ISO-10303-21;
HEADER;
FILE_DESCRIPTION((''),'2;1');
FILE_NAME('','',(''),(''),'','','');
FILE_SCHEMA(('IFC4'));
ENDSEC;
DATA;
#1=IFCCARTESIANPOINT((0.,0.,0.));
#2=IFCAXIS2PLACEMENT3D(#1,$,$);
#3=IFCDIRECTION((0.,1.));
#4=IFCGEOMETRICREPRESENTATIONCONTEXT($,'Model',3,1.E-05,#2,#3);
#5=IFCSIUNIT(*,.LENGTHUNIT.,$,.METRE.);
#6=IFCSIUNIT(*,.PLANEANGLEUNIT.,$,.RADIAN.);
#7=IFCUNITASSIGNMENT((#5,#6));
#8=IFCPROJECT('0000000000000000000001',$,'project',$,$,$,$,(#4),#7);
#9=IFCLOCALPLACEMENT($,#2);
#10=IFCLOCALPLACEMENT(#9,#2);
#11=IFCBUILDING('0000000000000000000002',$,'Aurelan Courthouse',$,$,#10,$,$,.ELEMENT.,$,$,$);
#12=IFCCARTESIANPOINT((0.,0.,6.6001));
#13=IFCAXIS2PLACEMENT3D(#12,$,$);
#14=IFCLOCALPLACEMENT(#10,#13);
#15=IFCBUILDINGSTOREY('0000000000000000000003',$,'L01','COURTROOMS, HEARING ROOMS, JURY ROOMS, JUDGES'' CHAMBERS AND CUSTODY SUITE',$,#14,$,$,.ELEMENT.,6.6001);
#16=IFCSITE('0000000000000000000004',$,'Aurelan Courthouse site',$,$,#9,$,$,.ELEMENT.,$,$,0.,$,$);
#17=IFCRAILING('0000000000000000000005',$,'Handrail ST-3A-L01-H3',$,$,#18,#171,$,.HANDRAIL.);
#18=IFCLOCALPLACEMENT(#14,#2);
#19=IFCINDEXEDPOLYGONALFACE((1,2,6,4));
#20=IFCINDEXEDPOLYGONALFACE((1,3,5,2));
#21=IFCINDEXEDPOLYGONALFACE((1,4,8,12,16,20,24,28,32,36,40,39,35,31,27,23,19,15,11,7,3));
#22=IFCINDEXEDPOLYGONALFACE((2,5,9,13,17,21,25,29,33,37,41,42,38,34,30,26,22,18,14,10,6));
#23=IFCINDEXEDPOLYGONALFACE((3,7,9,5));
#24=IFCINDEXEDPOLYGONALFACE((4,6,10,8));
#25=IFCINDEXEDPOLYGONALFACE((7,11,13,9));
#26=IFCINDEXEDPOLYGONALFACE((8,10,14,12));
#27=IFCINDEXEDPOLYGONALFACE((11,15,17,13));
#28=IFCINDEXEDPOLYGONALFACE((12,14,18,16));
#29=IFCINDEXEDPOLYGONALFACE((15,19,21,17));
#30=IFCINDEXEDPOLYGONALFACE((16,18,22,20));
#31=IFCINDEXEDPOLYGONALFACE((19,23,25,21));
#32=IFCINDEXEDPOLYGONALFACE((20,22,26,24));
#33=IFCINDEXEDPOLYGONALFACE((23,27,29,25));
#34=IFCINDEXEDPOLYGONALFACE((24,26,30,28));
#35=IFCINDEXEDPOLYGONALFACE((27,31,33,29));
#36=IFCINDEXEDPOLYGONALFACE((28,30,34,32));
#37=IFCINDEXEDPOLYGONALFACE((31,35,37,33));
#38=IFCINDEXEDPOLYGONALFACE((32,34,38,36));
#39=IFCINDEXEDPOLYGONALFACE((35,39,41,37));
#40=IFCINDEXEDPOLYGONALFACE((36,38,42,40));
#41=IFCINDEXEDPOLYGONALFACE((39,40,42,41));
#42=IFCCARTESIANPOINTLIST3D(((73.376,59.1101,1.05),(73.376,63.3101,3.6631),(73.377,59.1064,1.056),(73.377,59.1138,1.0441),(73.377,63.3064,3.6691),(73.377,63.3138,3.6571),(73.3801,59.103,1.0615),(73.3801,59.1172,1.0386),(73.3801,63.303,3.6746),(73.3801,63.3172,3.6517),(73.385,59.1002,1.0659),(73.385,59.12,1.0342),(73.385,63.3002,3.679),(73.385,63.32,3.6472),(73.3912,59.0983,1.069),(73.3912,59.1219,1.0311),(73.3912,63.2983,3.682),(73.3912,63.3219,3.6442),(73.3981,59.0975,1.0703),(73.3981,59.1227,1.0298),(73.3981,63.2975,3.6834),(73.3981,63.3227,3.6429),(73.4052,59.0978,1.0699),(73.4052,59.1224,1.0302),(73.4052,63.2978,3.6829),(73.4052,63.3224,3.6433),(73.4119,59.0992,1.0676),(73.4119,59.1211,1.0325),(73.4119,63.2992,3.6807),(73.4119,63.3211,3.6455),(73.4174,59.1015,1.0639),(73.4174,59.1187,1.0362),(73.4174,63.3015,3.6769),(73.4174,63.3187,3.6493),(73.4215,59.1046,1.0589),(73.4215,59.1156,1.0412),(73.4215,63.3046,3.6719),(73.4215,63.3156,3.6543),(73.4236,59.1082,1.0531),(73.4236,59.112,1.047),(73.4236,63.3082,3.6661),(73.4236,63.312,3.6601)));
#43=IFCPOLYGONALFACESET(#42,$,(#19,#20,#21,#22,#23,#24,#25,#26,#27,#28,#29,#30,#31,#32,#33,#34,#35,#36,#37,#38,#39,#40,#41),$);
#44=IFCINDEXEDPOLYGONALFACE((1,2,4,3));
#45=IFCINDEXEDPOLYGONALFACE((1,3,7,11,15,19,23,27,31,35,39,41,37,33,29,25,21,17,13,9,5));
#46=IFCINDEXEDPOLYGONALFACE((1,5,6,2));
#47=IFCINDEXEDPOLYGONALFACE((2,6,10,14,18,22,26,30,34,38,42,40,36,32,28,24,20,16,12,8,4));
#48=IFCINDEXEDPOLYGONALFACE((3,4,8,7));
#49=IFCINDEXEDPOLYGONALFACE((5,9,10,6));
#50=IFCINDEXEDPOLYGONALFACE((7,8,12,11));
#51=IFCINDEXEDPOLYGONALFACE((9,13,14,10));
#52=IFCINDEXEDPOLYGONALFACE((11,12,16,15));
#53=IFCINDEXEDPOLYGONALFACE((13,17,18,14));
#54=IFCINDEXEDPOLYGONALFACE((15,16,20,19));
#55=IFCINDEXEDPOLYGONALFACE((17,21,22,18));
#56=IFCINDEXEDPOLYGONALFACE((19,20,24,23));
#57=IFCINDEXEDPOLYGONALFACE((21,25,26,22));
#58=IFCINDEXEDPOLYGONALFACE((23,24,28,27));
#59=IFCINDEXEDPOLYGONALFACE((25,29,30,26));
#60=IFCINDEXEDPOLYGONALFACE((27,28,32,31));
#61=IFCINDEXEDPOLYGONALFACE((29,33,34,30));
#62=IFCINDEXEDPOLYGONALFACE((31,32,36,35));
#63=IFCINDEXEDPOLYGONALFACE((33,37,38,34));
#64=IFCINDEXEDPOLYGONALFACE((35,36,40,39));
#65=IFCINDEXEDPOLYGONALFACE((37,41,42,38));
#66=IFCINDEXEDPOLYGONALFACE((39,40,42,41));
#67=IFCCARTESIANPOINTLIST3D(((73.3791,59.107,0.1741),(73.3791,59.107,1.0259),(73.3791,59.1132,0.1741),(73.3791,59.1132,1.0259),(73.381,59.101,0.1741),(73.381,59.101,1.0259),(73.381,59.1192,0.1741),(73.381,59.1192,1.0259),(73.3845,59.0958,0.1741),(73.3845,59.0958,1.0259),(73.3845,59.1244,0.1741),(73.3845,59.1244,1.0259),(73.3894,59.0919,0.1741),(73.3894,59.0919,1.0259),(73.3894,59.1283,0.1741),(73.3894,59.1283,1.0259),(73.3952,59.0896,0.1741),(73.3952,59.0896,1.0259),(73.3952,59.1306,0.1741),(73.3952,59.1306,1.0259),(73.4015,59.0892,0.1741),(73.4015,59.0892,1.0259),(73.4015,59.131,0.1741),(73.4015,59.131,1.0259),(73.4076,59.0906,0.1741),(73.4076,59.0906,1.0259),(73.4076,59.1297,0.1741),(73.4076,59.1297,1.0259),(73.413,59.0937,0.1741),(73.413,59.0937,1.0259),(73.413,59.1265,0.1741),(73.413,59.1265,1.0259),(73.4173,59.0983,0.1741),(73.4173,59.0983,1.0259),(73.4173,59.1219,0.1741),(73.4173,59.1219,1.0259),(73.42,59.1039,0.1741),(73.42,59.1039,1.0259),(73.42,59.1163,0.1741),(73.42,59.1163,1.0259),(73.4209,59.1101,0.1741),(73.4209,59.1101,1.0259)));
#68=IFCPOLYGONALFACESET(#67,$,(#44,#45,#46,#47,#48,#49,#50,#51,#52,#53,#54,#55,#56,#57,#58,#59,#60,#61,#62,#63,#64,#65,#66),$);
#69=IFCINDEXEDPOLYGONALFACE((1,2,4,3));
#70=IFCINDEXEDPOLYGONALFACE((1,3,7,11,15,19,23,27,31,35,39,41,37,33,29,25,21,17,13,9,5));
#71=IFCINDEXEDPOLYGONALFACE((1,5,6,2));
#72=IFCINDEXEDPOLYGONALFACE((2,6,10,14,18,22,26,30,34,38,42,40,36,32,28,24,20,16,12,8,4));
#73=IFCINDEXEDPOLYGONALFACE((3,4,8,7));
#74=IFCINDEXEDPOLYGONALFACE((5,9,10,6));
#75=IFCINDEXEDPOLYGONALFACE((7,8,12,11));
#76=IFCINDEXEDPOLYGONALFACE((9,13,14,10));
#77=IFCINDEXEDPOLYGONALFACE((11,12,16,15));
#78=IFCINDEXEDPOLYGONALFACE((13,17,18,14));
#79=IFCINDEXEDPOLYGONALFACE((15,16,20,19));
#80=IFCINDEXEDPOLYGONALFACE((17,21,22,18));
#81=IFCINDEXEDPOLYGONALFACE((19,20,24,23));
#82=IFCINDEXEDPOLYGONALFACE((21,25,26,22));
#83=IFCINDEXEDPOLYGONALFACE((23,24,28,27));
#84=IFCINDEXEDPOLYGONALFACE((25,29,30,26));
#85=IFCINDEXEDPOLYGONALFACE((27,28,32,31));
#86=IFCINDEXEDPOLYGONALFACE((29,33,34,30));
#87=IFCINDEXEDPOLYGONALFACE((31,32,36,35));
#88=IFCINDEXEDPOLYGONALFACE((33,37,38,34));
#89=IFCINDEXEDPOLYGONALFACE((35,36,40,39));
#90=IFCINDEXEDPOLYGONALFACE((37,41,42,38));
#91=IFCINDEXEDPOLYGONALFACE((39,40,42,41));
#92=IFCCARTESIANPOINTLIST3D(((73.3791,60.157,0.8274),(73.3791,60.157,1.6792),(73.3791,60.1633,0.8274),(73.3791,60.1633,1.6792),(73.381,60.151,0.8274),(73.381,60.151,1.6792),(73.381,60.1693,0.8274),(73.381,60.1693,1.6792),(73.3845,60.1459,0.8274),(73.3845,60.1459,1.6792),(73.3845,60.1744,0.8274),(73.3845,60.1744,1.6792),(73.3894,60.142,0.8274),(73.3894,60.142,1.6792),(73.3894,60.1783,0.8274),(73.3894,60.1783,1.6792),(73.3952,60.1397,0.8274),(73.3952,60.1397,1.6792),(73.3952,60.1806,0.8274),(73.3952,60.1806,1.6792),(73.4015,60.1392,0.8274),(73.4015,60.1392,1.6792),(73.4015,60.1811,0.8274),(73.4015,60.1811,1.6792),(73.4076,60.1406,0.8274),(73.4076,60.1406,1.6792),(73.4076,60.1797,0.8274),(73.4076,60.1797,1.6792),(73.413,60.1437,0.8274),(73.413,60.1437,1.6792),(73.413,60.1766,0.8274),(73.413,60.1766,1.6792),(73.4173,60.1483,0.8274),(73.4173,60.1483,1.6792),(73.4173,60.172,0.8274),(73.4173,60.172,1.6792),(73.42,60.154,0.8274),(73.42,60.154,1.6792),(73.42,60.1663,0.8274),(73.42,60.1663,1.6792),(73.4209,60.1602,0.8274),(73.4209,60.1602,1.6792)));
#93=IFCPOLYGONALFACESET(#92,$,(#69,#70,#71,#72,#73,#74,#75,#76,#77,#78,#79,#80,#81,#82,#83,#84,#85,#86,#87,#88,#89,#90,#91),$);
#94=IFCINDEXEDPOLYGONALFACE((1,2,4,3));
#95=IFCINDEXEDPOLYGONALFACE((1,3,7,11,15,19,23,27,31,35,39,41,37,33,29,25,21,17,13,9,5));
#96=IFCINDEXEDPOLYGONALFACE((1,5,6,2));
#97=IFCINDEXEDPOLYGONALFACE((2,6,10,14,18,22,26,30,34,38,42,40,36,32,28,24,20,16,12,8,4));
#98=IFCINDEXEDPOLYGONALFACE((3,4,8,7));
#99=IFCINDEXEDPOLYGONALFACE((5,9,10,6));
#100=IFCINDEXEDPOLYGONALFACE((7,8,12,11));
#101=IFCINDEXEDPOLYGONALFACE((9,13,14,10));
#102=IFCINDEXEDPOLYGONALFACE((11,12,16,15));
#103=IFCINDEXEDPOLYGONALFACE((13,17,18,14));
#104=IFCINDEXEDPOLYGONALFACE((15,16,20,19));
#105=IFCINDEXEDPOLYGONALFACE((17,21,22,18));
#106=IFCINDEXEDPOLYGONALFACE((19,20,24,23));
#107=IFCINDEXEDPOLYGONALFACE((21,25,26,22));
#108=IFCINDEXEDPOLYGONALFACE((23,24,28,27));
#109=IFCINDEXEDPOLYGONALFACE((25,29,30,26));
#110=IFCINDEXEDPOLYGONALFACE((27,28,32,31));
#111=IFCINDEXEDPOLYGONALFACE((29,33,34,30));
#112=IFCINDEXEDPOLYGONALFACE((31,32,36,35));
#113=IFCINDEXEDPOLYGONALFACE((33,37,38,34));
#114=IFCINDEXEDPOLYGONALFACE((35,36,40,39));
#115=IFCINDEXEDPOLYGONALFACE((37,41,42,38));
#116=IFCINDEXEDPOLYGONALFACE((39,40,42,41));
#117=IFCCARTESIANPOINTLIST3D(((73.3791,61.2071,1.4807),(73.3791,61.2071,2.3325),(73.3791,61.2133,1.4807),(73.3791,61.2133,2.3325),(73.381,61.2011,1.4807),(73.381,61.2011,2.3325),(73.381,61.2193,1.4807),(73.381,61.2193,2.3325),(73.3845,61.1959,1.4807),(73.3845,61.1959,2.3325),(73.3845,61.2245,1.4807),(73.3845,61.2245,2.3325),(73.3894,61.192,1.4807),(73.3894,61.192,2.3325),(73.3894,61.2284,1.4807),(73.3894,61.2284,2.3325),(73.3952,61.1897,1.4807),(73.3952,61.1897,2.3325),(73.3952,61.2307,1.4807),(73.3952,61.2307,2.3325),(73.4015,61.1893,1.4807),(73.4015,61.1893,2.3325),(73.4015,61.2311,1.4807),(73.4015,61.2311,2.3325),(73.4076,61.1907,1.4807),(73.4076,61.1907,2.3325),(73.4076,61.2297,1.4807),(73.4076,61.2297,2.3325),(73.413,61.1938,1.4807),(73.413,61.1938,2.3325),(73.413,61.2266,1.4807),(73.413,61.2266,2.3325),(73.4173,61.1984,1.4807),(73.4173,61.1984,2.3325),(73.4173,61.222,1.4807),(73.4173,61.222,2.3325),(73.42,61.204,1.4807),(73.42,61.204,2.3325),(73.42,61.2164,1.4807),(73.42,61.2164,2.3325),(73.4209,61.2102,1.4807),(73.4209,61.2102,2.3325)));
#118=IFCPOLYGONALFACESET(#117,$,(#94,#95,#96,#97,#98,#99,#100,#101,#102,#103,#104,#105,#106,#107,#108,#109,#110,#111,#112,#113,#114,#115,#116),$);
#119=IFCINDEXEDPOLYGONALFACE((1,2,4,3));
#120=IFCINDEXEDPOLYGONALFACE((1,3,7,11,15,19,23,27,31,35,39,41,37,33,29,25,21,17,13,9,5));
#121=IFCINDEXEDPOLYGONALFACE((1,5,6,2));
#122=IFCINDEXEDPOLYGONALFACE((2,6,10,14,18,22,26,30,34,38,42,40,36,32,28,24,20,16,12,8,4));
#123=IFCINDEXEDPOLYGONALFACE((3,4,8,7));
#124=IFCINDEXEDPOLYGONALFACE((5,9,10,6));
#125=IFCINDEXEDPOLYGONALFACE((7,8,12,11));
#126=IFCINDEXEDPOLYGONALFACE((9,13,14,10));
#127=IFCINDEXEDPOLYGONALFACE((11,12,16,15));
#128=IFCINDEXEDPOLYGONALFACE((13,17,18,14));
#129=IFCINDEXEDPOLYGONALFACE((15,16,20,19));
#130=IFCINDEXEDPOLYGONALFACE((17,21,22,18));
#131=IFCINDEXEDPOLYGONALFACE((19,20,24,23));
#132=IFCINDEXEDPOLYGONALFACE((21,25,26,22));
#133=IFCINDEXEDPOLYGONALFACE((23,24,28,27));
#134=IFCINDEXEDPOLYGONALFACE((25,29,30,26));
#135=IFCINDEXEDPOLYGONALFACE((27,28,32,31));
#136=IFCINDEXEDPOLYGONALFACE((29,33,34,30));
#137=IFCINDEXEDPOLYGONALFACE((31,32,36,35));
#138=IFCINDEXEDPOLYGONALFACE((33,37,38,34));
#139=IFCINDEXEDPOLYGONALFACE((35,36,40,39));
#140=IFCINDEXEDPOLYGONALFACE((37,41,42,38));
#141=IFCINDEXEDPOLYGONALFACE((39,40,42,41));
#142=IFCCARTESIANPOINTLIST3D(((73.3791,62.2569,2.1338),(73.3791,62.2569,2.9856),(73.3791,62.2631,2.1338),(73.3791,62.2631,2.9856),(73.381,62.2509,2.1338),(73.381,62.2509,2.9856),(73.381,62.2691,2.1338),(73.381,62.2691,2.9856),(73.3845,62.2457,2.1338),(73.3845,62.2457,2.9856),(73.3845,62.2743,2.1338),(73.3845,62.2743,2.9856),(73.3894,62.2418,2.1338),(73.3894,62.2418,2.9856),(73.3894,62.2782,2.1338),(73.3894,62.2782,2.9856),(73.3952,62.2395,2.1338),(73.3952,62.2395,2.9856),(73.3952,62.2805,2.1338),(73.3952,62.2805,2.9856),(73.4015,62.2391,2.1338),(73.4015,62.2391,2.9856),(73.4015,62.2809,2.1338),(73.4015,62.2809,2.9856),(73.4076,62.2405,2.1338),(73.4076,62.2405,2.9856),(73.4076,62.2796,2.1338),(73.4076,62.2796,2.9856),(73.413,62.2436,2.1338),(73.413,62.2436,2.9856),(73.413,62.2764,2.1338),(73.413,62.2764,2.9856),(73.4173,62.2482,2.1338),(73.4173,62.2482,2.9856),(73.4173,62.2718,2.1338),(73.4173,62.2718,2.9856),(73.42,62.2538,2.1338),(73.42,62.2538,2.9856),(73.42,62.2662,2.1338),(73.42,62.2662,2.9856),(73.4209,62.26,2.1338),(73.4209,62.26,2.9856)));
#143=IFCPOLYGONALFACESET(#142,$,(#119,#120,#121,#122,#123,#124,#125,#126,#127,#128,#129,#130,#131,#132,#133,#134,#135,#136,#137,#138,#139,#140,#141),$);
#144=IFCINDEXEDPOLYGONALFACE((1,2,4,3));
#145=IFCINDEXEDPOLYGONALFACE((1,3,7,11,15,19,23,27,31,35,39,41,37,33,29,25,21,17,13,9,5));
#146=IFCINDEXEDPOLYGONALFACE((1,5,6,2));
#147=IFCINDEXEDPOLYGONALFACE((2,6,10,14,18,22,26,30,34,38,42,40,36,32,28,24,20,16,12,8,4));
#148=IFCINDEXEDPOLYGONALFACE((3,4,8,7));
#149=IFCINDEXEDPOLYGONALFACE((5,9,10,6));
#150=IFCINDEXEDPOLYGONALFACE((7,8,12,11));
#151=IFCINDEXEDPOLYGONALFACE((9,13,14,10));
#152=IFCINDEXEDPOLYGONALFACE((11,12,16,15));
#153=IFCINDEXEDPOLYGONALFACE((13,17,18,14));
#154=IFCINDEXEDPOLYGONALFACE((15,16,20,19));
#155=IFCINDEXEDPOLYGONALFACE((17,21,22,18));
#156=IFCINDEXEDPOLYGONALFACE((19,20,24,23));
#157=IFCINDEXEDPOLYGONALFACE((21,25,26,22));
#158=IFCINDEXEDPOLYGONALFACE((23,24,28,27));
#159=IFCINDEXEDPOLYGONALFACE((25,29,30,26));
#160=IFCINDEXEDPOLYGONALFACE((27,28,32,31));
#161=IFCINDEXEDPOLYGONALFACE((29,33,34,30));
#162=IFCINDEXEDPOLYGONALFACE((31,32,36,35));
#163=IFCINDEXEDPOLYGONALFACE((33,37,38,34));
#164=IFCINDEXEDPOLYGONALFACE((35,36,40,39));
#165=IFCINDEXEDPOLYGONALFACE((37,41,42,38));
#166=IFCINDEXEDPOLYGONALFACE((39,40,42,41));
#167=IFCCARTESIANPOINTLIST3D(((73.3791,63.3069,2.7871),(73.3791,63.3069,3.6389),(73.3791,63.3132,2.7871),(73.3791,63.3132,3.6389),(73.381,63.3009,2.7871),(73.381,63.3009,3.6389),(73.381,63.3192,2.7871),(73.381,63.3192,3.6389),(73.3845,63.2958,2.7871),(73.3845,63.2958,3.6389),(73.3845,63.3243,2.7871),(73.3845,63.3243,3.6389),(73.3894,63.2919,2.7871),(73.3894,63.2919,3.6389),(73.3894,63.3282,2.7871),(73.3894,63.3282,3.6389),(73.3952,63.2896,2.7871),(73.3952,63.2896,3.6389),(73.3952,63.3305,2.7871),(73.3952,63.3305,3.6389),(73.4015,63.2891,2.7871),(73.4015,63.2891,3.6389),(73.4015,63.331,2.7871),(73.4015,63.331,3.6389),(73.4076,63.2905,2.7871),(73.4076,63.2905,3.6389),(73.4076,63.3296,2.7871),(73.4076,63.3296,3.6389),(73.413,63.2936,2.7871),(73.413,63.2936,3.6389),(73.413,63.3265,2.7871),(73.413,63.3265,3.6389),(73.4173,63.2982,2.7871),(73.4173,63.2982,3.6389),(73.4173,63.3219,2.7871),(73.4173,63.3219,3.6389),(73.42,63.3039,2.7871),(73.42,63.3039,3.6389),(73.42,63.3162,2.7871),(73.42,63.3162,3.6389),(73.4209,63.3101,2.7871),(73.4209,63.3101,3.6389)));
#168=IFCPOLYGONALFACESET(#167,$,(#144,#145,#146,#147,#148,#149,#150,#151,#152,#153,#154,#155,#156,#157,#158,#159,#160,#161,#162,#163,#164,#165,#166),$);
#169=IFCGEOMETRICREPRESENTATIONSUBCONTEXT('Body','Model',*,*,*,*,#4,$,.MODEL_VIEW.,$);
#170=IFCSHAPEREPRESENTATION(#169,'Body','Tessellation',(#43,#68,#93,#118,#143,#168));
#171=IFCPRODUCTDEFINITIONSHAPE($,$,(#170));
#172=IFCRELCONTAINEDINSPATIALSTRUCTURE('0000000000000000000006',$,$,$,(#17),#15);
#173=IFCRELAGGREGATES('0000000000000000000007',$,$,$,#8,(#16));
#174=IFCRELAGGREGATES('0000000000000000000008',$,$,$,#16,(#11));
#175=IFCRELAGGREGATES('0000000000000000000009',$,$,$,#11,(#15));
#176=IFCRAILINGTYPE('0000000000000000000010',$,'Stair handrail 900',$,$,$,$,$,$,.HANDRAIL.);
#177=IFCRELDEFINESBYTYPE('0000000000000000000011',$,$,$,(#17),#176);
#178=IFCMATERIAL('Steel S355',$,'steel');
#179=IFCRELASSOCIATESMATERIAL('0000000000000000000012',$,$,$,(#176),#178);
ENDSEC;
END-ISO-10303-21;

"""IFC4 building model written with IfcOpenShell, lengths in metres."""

from ifc_helpers import new_model, si_unit, direction, frame, origin, origin_2d, place, context, subcontext, project, spatial, circle, extrude, material, type_object, element, save


model = new_model("IFC4")

# Units and contexts
model_context = context("Model", 3, precision=1e-05, world=origin(), true_north=direction((0.0, 1.0)))
body_context = subcontext(model_context, "Body", "Model", "MODEL_VIEW")
ifc_project = project(units=[si_unit("LENGTHUNIT", "METRE"), si_unit("PLANEANGLEUNIT", "RADIAN")], contexts=[model_context])

# Site, building, storey
site_placement = place(None, origin())
site = spatial("IfcSite", under=ifc_project, at=site_placement, Name="Aurelan Courthouse site", CompositionType="ELEMENT", RefElevation=0.0)
building_placement = place(site_placement, origin())
building = spatial("IfcBuilding", under=site, at=building_placement, Name="Aurelan Courthouse", CompositionType="ELEMENT")
storey_placement = place(building_placement, frame((0.0, 0.0, 6.6001)))
storey = spatial("IfcBuildingStorey", under=building, at=storey_placement, Name="L01", Description="COURTROOMS, HEARING ROOMS, JURY ROOMS, JUDGES' CHAMBERS AND CUSTODY SUITE", CompositionType="ELEMENT", Elevation=6.6001)

# Railing
ifc_material_1 = material(Name="Steel S355", Category="steel")
railing_type_1 = type_object("IfcRailingType", Name="Stair handrail 900", PredefinedType="HANDRAIL", material=ifc_material_1)
for number, where, name in (
    (1, (73.3999, 59.1101, 0.1741), "Handrail ST-3A-L01-H3"),
):
    element("IfcRailing", number, at=place(storey_placement, frame(where)), inside=storey, type_object=railing_type_1, Name=name, PredefinedType="HANDRAIL", context=body_context, shape_type="SweptSolid", body=[
        extrude(circle(Radius=0.0239, at=origin_2d()), frame((0.0, 0.0, 0.876), z_axis=(0.0, 0.849081, 0.528263), x_axis=(-1.0, 0.0, 0.0)), (0.0, 0.0, 1.0), 4.9465),
        extrude(circle(Radius=0.021, at=origin_2d()), origin(), (0.0, 0.0, 1.0), 0.8518),
        extrude(circle(Radius=0.021, at=origin_2d()), frame((0.0, 1.05, 0.6533)), (0.0, 0.0, 1.0), 0.8518),
        extrude(circle(Radius=0.021, at=origin_2d()), frame((0.0, 2.1001, 1.3066)), (0.0, 0.0, 1.0), 0.8518),
        extrude(circle(Radius=0.021, at=origin_2d()), frame((0.0, 3.1499, 1.9597)), (0.0, 0.0, 1.0), 0.8518),
        extrude(circle(Radius=0.021, at=origin_2d()), frame((0.0, 4.2, 2.613)), (0.0, 0.0, 1.0), 0.8518),
    ])

save(model, "model.ifc")
